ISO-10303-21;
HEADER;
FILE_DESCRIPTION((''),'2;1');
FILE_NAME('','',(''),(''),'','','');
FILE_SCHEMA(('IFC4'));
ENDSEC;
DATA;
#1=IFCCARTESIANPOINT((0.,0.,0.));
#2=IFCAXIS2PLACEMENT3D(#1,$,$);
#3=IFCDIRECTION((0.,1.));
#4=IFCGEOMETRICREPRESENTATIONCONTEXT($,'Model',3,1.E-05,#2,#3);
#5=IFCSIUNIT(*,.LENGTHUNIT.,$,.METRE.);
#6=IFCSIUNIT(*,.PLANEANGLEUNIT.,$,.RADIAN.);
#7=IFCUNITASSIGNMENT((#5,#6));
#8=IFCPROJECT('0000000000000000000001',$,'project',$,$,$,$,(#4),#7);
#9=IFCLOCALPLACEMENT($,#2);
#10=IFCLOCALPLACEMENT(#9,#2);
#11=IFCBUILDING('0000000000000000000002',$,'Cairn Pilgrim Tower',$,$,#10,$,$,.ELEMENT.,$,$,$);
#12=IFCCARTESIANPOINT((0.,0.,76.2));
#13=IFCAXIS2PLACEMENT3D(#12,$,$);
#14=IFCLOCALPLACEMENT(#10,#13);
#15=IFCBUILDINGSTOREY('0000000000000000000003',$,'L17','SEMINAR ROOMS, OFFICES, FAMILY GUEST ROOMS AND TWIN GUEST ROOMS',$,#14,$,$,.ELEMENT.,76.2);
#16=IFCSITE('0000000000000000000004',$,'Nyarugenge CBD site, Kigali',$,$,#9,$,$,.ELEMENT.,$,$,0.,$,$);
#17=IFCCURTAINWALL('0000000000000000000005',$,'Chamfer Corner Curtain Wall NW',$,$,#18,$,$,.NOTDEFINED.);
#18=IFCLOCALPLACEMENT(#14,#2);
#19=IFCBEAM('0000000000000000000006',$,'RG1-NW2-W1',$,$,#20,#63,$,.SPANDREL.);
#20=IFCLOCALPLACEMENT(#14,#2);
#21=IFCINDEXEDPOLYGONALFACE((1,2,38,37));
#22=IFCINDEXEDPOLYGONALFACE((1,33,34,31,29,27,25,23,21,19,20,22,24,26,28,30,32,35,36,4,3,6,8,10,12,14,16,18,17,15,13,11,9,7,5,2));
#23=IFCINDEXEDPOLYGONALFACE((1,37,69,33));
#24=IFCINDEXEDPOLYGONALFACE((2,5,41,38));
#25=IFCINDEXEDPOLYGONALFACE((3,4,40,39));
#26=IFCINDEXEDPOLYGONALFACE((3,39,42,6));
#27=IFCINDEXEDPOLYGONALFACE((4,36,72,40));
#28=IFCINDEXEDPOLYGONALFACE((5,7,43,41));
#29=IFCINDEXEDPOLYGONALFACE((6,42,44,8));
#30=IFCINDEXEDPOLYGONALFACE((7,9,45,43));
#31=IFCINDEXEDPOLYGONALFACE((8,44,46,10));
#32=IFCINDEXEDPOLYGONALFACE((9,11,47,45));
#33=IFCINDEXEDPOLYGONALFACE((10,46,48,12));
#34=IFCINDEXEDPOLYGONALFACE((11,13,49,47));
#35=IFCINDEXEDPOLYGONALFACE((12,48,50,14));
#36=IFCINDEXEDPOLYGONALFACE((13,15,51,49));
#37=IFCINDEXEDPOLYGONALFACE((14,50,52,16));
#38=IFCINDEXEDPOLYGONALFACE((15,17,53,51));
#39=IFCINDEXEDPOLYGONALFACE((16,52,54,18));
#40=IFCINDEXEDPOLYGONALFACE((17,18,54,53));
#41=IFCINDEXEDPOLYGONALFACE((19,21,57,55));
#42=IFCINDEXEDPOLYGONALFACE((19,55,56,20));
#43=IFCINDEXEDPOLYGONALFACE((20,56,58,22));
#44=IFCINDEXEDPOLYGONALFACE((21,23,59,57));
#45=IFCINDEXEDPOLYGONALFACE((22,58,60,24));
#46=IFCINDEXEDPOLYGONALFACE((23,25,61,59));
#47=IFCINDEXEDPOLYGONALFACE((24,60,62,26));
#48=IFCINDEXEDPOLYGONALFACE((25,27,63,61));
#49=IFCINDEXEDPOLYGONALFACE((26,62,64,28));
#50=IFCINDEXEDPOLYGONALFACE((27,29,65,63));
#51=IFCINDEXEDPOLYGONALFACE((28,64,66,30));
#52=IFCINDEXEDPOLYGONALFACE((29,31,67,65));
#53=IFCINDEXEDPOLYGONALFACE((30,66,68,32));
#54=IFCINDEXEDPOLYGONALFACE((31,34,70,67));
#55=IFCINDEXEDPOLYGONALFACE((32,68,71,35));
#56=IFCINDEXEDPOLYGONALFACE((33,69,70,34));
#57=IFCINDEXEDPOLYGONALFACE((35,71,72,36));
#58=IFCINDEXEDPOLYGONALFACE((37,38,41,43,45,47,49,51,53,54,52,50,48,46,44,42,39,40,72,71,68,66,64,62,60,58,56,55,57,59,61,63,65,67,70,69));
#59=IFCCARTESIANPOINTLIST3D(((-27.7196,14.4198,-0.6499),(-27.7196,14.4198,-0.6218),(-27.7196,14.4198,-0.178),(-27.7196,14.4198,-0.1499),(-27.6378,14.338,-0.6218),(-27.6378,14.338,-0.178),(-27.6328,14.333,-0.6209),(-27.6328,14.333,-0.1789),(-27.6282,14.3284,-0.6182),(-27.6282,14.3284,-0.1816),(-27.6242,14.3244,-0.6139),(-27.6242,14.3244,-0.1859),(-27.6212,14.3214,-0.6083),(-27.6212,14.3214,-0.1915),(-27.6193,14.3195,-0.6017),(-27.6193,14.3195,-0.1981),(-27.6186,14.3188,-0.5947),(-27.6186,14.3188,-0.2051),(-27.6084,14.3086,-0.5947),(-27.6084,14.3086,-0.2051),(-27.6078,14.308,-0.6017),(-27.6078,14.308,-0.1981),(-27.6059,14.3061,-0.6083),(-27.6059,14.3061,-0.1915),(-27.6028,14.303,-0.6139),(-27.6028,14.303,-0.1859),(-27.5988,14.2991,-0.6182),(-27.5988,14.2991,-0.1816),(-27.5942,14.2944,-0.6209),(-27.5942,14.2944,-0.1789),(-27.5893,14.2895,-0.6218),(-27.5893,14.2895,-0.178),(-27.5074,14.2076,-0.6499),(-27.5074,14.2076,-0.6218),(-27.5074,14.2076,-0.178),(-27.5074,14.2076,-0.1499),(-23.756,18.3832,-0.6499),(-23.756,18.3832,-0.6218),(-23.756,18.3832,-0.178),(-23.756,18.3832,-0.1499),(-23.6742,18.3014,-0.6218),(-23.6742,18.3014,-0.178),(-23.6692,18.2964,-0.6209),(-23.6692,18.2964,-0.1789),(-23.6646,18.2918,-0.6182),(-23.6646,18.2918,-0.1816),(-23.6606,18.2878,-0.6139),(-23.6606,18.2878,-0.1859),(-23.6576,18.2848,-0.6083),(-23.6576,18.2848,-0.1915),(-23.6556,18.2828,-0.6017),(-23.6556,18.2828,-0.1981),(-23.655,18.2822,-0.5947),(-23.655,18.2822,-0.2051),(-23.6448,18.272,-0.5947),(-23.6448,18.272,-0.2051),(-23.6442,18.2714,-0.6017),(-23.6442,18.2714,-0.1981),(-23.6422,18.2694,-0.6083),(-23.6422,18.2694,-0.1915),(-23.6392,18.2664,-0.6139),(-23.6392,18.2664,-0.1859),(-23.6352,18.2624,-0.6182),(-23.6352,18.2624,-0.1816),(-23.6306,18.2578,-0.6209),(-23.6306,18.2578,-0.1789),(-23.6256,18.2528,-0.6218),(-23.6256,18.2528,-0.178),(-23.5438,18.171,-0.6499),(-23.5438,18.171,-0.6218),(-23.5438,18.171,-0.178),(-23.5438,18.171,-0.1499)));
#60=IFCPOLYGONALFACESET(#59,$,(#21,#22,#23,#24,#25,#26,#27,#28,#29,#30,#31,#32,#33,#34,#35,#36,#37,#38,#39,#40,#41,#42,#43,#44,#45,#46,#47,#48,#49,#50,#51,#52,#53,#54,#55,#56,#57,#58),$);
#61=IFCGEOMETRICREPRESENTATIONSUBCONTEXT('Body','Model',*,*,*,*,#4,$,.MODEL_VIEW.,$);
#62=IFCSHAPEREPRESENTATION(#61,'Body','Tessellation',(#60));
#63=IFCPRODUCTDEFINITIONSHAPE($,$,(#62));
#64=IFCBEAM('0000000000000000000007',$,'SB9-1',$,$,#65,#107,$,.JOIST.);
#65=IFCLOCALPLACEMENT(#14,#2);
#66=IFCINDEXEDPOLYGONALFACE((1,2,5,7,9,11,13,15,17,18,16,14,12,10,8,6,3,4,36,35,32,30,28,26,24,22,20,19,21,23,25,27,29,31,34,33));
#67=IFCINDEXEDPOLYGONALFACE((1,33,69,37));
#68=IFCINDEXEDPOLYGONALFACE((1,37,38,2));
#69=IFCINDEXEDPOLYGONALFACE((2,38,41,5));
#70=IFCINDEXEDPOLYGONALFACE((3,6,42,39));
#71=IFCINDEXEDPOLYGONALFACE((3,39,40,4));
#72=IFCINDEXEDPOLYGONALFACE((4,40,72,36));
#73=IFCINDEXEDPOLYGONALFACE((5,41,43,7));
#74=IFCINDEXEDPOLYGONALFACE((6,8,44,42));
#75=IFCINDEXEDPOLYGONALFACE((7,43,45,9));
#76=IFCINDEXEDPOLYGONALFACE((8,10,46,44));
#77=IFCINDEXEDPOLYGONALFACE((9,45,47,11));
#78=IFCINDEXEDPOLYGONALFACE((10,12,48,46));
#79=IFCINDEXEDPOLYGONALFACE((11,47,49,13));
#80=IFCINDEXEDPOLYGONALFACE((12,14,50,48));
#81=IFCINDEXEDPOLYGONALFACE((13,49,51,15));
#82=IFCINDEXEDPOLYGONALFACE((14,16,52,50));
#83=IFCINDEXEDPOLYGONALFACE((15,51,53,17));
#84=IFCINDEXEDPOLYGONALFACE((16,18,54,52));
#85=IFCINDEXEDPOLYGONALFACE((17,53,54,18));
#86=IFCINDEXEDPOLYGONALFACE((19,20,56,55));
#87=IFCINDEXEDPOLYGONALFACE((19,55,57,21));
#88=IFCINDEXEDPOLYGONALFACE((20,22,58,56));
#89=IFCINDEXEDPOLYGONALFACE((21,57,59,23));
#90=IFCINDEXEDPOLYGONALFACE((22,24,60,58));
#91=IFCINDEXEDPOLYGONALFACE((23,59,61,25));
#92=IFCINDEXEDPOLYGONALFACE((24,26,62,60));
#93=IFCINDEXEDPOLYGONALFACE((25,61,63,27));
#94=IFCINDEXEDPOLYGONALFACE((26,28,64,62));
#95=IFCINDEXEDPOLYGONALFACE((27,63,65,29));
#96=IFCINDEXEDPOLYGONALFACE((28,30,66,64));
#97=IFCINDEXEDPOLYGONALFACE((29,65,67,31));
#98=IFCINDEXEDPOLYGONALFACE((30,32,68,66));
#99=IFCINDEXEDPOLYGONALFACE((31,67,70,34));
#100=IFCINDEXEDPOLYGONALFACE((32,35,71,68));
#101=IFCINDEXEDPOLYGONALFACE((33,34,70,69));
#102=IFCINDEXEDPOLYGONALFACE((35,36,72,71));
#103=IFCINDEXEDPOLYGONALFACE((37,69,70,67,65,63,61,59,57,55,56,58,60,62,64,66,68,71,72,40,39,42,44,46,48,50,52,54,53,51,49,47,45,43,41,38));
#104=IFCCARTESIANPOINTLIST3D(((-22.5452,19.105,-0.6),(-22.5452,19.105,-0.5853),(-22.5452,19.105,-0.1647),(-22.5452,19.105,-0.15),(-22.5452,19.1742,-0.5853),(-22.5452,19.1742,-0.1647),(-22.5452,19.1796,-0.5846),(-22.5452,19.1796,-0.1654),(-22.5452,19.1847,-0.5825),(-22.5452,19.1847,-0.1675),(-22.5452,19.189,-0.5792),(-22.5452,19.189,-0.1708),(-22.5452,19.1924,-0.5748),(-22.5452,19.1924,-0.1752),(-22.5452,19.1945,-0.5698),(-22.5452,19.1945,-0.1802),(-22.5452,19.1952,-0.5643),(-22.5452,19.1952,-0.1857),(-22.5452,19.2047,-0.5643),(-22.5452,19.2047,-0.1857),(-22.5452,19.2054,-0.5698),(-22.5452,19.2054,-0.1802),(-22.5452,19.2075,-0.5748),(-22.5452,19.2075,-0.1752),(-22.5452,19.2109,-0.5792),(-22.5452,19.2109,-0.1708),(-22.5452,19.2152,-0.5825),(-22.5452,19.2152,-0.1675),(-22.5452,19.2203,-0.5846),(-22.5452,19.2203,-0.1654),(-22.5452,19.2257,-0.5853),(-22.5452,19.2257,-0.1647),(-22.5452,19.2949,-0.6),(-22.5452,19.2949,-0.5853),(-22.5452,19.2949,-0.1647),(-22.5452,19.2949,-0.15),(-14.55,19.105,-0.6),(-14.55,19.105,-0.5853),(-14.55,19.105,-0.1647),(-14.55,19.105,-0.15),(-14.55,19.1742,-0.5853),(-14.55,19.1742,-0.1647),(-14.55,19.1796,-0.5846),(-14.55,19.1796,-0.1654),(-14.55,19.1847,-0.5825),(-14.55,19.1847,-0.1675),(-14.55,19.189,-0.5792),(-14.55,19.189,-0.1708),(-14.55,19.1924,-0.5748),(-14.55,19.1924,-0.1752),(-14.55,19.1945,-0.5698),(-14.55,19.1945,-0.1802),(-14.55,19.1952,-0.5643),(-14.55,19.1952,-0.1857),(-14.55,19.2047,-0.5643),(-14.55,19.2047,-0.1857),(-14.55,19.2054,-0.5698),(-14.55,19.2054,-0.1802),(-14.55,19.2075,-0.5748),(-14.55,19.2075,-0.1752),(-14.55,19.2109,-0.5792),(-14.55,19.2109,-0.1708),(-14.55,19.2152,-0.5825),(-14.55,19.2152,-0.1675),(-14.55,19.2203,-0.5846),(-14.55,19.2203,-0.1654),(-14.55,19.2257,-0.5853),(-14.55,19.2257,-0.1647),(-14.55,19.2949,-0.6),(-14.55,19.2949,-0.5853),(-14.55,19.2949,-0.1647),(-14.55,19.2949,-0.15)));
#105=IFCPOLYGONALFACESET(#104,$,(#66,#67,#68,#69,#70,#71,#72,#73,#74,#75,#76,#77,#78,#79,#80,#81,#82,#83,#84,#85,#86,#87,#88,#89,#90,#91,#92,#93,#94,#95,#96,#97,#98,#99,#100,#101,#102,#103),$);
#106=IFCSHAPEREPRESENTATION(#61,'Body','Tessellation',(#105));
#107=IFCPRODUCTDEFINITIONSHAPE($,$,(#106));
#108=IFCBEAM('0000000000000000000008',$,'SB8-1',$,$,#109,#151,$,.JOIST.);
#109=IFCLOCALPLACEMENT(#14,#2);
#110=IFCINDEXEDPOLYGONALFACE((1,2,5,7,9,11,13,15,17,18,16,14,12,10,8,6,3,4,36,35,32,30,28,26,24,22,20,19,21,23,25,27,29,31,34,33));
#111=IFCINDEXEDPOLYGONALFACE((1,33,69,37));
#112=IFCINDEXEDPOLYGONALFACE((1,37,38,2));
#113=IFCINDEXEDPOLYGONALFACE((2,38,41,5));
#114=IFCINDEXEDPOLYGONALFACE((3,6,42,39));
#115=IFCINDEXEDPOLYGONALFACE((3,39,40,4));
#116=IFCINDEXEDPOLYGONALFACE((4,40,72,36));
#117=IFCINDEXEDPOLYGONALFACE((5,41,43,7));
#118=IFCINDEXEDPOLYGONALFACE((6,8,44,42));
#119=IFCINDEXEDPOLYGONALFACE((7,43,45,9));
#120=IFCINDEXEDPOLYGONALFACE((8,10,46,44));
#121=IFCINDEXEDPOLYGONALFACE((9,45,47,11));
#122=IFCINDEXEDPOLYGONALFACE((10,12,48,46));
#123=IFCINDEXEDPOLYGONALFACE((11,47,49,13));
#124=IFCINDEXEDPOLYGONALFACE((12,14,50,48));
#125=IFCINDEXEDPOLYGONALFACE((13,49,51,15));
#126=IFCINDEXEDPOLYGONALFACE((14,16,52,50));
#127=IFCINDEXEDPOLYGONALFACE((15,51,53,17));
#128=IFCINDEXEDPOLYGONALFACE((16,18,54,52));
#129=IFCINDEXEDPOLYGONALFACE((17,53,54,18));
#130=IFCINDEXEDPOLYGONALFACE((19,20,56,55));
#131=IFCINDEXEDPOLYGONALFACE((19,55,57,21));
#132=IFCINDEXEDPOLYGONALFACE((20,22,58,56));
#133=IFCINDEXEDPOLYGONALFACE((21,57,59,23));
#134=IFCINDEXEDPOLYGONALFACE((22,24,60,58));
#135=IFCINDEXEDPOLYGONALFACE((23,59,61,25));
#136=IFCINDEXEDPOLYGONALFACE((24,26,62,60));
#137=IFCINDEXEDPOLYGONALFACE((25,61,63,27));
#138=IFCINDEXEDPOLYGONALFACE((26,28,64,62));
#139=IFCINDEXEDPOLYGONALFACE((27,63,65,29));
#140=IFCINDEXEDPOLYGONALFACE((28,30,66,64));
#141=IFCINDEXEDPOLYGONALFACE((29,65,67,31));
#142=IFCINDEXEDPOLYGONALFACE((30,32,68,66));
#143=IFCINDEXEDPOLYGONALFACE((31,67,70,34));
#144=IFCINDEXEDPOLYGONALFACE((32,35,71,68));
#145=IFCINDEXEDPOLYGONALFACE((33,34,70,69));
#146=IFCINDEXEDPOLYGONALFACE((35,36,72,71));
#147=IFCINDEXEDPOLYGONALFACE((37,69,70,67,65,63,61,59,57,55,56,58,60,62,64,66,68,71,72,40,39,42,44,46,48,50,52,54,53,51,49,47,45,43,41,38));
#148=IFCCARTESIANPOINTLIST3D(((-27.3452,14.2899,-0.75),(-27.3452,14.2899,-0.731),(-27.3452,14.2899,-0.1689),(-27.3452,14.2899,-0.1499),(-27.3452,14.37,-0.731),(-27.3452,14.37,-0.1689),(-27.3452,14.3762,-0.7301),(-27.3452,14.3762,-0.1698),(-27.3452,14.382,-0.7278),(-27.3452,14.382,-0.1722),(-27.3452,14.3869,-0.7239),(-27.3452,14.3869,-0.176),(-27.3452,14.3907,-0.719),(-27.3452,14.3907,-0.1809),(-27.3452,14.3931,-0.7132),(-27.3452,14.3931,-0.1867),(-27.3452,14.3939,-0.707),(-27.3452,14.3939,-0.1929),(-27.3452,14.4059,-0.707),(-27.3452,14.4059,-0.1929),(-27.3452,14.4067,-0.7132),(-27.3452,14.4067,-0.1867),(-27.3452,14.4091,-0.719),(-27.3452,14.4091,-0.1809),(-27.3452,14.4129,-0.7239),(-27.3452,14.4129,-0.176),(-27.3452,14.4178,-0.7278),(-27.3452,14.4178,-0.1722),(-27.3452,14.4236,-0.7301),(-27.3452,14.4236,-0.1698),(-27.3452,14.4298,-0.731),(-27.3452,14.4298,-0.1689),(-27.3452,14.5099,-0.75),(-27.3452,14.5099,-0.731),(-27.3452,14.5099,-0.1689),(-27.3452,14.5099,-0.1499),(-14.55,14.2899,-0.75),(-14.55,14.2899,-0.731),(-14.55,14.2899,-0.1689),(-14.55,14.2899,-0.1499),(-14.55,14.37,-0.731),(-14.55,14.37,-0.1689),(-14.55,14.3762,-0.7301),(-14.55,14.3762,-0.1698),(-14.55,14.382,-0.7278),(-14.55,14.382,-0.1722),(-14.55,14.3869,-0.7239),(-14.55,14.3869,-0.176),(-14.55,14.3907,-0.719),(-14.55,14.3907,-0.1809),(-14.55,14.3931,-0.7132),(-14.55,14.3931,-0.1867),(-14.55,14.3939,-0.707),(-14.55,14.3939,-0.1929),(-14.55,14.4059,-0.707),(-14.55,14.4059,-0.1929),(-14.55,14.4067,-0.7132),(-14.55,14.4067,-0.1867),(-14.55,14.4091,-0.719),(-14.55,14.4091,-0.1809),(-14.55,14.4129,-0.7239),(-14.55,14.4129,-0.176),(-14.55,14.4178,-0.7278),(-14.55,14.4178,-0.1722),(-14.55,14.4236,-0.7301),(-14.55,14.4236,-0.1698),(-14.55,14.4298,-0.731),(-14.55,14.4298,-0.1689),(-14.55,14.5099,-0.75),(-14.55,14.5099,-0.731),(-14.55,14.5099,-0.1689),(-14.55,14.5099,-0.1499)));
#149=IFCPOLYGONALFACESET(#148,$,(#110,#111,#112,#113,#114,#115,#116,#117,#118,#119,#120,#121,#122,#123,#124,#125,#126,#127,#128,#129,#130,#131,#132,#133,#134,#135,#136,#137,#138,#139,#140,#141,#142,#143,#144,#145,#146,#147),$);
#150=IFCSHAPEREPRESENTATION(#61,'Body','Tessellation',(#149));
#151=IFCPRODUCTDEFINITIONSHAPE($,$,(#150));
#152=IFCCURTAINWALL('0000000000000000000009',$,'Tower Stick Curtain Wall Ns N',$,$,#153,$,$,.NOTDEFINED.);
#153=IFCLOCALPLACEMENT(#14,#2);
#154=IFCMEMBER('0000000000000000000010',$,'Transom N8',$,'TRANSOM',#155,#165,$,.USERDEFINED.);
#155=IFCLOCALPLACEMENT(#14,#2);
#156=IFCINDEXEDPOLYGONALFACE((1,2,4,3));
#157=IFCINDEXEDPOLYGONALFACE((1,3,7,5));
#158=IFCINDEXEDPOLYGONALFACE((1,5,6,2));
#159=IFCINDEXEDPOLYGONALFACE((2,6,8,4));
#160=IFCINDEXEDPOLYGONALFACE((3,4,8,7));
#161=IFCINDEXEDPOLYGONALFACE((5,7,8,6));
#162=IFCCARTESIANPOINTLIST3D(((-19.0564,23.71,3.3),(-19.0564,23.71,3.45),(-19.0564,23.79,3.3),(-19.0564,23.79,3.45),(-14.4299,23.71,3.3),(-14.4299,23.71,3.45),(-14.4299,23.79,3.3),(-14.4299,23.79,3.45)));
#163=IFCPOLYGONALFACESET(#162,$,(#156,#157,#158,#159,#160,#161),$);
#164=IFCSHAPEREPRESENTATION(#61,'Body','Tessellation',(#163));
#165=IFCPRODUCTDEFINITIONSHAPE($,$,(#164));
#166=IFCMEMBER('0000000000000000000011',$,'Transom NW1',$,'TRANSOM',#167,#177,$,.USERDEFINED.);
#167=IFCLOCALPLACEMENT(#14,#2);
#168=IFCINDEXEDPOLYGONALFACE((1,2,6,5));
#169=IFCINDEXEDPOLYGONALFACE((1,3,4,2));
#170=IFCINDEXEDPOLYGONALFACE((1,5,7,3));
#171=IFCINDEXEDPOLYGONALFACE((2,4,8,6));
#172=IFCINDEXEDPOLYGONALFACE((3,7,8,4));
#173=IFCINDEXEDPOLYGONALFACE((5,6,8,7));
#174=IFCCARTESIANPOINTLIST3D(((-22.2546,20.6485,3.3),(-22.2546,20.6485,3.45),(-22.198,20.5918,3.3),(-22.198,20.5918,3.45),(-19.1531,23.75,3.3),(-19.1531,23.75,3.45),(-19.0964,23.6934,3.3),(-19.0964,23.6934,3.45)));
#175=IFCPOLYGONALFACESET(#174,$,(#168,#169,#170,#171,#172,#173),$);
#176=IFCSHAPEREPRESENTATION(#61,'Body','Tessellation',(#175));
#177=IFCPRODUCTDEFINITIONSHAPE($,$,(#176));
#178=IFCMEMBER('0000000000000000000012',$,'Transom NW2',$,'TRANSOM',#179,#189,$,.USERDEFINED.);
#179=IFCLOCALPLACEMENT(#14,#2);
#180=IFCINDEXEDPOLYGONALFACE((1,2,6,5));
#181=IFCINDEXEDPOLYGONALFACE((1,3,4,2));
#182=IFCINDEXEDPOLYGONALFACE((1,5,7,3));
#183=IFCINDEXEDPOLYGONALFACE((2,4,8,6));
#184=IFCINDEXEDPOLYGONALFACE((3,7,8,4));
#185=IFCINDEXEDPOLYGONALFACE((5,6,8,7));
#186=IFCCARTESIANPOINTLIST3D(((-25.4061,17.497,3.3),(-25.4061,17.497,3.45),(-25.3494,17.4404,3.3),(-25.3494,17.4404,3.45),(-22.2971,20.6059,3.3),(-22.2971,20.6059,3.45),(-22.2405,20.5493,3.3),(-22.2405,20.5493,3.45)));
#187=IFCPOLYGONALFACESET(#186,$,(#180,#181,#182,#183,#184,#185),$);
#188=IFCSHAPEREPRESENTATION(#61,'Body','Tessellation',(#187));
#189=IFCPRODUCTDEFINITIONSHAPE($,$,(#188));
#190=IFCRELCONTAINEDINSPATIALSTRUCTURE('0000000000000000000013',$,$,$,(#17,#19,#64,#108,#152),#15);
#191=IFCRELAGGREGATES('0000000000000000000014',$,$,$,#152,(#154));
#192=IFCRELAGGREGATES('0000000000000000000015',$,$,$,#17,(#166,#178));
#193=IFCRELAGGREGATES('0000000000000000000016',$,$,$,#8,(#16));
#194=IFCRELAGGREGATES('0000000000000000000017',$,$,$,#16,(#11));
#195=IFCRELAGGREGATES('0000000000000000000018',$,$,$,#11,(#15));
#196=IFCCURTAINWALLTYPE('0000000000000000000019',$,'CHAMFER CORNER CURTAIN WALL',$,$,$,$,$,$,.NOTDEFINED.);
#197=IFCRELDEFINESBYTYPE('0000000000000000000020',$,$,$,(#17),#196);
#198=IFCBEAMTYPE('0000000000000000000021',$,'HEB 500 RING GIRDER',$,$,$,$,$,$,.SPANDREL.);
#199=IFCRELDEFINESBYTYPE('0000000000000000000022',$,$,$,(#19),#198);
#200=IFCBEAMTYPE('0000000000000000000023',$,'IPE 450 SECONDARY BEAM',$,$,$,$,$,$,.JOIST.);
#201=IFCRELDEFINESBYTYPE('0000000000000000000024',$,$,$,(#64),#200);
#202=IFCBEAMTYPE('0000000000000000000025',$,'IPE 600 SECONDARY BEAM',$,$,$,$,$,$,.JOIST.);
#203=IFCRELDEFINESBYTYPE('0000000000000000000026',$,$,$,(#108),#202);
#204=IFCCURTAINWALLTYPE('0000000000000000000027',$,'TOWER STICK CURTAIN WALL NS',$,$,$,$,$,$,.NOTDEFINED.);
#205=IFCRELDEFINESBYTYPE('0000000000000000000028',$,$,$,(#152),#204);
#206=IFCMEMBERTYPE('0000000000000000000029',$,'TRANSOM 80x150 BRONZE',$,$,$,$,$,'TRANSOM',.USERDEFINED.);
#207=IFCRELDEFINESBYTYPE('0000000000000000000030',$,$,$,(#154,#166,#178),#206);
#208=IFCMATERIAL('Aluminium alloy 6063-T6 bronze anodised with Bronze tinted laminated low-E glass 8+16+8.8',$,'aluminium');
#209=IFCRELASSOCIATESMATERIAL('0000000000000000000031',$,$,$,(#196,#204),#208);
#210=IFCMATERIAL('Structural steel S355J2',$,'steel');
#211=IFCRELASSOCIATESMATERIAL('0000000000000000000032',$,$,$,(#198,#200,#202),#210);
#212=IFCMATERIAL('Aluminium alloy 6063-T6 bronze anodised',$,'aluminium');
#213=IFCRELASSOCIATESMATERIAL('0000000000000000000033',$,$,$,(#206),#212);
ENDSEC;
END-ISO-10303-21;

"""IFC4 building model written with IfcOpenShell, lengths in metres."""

from ifc_helpers import new_model, si_unit, direction, frame, origin, origin_2d, place, context, subcontext, project, spatial, rectangle, i_section, extrude, material, material_profile, profile_set, type_object, element, aggregate, save


model = new_model("IFC4")

# Units and contexts
model_context = context("Model", 3, precision=1e-05, world=origin(), true_north=direction((0.0, 1.0)))
body_context = subcontext(model_context, "Body", "Model", "MODEL_VIEW")
ifc_project = project(units=[si_unit("LENGTHUNIT", "METRE"), si_unit("PLANEANGLEUNIT", "RADIAN")], contexts=[model_context])

# Site, building, storey
site_placement = place(None, origin())
site = spatial("IfcSite", under=ifc_project, at=site_placement, Name="Nyarugenge CBD site, Kigali", CompositionType="ELEMENT", RefElevation=0.0)
building_placement = place(site_placement, origin())
building = spatial("IfcBuilding", under=site, at=building_placement, Name="Cairn Pilgrim Tower", CompositionType="ELEMENT")
storey_placement = place(building_placement, frame((0.0, 0.0, 76.2)))
storey = spatial("IfcBuildingStorey", under=building, at=storey_placement, Name="L17", Description="SEMINAR ROOMS, OFFICES, FAMILY GUEST ROOMS AND TWIN GUEST ROOMS", CompositionType="ELEMENT", Elevation=76.2)

# Shared definitions
ifc_material_1 = material(Name="Structural steel S355J2", Category="steel")

# Curtain wall
ifc_material_2 = material(Name="Aluminium alloy 6063-T6 bronze anodised with Bronze tinted laminated low-E glass 8+16+8.8", Category="aluminium")
curtain_wall_type_1 = type_object("IfcCurtainWallType", Name="CHAMFER CORNER CURTAIN WALL", PredefinedType="NOTDEFINED", material=ifc_material_2)
curtain_wall_1_placement = place(storey_placement, origin())
curtain_wall_1 = element("IfcCurtainWall", 1, at=curtain_wall_1_placement, inside=storey, type_object=curtain_wall_type_1, Name="Chamfer Corner Curtain Wall NW", PredefinedType="NOTDEFINED")
ifc_material_3 = material(Name="Aluminium alloy 6063-T6 bronze anodised", Category="aluminium")

# Beams
ifc_material_profile_1 = material_profile(ifc_material_1, i_section(OverallWidth=0.3, OverallDepth=0.5, WebThickness=0.0144, FlangeThickness=0.0281, FilletRadius=0.0271, at=origin_2d()), Name="HEB 500")
ifc_profile_set_1 = profile_set([ifc_material_profile_1], Name="Structural steel S355J2")
beam_type_1 = type_object("IfcBeamType", Name="HEB 500 RING GIRDER", PredefinedType="SPANDREL", material=ifc_profile_set_1)
beam_1_placement = place(storey_placement, frame((-23.6499, 18.2771, -0.3999), z_axis=(-0.707129, -0.707085, 0.0), x_axis=(0.707085, -0.707129, 0.0)))
element("IfcBeam", 2, at=beam_1_placement, inside=storey, type_object=beam_type_1, Name="RG1-NW2-W1", PredefinedType="SPANDREL", context=body_context, shape_type="SweptSolid", body=[
    extrude(i_section(OverallWidth=0.3, OverallDepth=0.5, WebThickness=0.0144, FlangeThickness=0.0281, FilletRadius=0.0271, at=origin_2d()), origin(), (0.0, 0.0, 1.0), 5.6052),
])
ifc_material_profile_2 = material_profile(ifc_material_1, i_section(OverallWidth=0.1899, OverallDepth=0.45, WebThickness=0.0095, FlangeThickness=0.0146, FilletRadius=0.021, at=origin_2d()), Name="IPE 450")
ifc_profile_set_2 = profile_set([ifc_material_profile_2], Name="Structural steel S355J2")
beam_type_2 = type_object("IfcBeamType", Name="IPE 450 SECONDARY BEAM", PredefinedType="JOIST", material=ifc_profile_set_2)
beam_2_placement = place(storey_placement, frame((-22.5452, 19.2, -0.375), z_axis=(1.0, 0.0, 0.0), x_axis=(0.0, 1.0, 0.0)))
element("IfcBeam", 3, at=beam_2_placement, inside=storey, type_object=beam_type_2, Name="SB9-1", PredefinedType="JOIST", context=body_context, shape_type="SweptSolid", body=[
    extrude(i_section(OverallWidth=0.1899, OverallDepth=0.45, WebThickness=0.0095, FlangeThickness=0.0146, FilletRadius=0.021, at=origin_2d()), origin(), (0.0, 0.0, 1.0), 7.9951),
])
ifc_material_profile_3 = material_profile(ifc_material_1, i_section(OverallWidth=0.22, OverallDepth=0.6001, WebThickness=0.012, FlangeThickness=0.019, FilletRadius=0.0239, at=origin_2d()), Name="IPE 600")
ifc_profile_set_3 = profile_set([ifc_material_profile_3], Name="Structural steel S355J2")
beam_type_3 = type_object("IfcBeamType", Name="IPE 600 SECONDARY BEAM", PredefinedType="JOIST", material=ifc_profile_set_3)
beam_3_placement = place(storey_placement, frame((-27.3452, 14.3999, -0.45), z_axis=(1.0, 0.0, 0.0), x_axis=(0.0, 1.0, 0.0)))
element("IfcBeam", 4, at=beam_3_placement, inside=storey, type_object=beam_type_3, Name="SB8-1", PredefinedType="JOIST", context=body_context, shape_type="SweptSolid", body=[
    extrude(i_section(OverallWidth=0.22, OverallDepth=0.6001, WebThickness=0.012, FlangeThickness=0.019, FilletRadius=0.0239, at=origin_2d()), origin(), (0.0, 0.0, 1.0), 12.7952),
])

# Curtain wall, member
curtain_wall_type_2 = type_object("IfcCurtainWallType", Name="TOWER STICK CURTAIN WALL NS", PredefinedType="NOTDEFINED", material=ifc_material_2)
curtain_wall_2_placement = place(storey_placement, origin())
curtain_wall_2 = element("IfcCurtainWall", 5, at=curtain_wall_2_placement, inside=storey, type_object=curtain_wall_type_2, Name="Tower Stick Curtain Wall Ns N", PredefinedType="NOTDEFINED")
ifc_material_profile_4 = material_profile(ifc_material_3, rectangle(XDim=0.0801, YDim=0.1499, at=origin_2d()), Name="TRANSOM 80x150 BRONZE")
ifc_profile_set_4 = profile_set([ifc_material_profile_4], Name="Aluminium alloy 6063-T6 bronze anodised")
member_type_1 = type_object("IfcMemberType", Name="TRANSOM 80x150 BRONZE", ElementType="TRANSOM", PredefinedType="USERDEFINED", material=ifc_profile_set_4)
member_1_placement = place(storey_placement, frame((-14.4299, 23.75, 3.375), z_axis=(-1.0, 0.0, 0.0), x_axis=(0.0, -1.0, 0.0)))
member_1 = element("IfcMember", 6, at=member_1_placement, type_object=member_type_1, Name="Transom N8", ObjectType="TRANSOM", PredefinedType="USERDEFINED", context=body_context, shape_type="SweptSolid", body=[
    extrude(rectangle(XDim=0.0801, YDim=0.1499, at=origin_2d()), origin(), (0.0, 0.0, 1.0), 4.6265),
])

# Members
member_2_placement = place(storey_placement, frame((-19.1248, 23.7217, 3.375), z_axis=(-0.707107, -0.707107, 0.0), x_axis=(0.707107, -0.707107, 0.0)))
member_2 = element("IfcMember", 7, at=member_2_placement, type_object=member_type_1, Name="Transom NW1", ObjectType="TRANSOM", PredefinedType="USERDEFINED", context=body_context, shape_type="SweptSolid", body=[
    extrude(rectangle(XDim=0.0801, YDim=0.1499, at=origin_2d()), origin(), (0.0, 0.0, 1.0), 4.3862),
])
member_3_placement = place(storey_placement, frame((-22.2688, 20.5776, 3.375), z_axis=(-0.707107, -0.707107, 0.0), x_axis=(0.707107, -0.707107, 0.0)))
member_3 = element("IfcMember", 8, at=member_3_placement, type_object=member_type_1, Name="Transom NW2", ObjectType="TRANSOM", PredefinedType="USERDEFINED", context=body_context, shape_type="SweptSolid", body=[
    extrude(rectangle(XDim=0.0801, YDim=0.1499, at=origin_2d()), origin(), (0.0, 0.0, 1.0), 4.3967),
])

aggregate(curtain_wall_2, [member_1])
aggregate(curtain_wall_1, [member_2, member_3])

save(model, "model.ifc")
